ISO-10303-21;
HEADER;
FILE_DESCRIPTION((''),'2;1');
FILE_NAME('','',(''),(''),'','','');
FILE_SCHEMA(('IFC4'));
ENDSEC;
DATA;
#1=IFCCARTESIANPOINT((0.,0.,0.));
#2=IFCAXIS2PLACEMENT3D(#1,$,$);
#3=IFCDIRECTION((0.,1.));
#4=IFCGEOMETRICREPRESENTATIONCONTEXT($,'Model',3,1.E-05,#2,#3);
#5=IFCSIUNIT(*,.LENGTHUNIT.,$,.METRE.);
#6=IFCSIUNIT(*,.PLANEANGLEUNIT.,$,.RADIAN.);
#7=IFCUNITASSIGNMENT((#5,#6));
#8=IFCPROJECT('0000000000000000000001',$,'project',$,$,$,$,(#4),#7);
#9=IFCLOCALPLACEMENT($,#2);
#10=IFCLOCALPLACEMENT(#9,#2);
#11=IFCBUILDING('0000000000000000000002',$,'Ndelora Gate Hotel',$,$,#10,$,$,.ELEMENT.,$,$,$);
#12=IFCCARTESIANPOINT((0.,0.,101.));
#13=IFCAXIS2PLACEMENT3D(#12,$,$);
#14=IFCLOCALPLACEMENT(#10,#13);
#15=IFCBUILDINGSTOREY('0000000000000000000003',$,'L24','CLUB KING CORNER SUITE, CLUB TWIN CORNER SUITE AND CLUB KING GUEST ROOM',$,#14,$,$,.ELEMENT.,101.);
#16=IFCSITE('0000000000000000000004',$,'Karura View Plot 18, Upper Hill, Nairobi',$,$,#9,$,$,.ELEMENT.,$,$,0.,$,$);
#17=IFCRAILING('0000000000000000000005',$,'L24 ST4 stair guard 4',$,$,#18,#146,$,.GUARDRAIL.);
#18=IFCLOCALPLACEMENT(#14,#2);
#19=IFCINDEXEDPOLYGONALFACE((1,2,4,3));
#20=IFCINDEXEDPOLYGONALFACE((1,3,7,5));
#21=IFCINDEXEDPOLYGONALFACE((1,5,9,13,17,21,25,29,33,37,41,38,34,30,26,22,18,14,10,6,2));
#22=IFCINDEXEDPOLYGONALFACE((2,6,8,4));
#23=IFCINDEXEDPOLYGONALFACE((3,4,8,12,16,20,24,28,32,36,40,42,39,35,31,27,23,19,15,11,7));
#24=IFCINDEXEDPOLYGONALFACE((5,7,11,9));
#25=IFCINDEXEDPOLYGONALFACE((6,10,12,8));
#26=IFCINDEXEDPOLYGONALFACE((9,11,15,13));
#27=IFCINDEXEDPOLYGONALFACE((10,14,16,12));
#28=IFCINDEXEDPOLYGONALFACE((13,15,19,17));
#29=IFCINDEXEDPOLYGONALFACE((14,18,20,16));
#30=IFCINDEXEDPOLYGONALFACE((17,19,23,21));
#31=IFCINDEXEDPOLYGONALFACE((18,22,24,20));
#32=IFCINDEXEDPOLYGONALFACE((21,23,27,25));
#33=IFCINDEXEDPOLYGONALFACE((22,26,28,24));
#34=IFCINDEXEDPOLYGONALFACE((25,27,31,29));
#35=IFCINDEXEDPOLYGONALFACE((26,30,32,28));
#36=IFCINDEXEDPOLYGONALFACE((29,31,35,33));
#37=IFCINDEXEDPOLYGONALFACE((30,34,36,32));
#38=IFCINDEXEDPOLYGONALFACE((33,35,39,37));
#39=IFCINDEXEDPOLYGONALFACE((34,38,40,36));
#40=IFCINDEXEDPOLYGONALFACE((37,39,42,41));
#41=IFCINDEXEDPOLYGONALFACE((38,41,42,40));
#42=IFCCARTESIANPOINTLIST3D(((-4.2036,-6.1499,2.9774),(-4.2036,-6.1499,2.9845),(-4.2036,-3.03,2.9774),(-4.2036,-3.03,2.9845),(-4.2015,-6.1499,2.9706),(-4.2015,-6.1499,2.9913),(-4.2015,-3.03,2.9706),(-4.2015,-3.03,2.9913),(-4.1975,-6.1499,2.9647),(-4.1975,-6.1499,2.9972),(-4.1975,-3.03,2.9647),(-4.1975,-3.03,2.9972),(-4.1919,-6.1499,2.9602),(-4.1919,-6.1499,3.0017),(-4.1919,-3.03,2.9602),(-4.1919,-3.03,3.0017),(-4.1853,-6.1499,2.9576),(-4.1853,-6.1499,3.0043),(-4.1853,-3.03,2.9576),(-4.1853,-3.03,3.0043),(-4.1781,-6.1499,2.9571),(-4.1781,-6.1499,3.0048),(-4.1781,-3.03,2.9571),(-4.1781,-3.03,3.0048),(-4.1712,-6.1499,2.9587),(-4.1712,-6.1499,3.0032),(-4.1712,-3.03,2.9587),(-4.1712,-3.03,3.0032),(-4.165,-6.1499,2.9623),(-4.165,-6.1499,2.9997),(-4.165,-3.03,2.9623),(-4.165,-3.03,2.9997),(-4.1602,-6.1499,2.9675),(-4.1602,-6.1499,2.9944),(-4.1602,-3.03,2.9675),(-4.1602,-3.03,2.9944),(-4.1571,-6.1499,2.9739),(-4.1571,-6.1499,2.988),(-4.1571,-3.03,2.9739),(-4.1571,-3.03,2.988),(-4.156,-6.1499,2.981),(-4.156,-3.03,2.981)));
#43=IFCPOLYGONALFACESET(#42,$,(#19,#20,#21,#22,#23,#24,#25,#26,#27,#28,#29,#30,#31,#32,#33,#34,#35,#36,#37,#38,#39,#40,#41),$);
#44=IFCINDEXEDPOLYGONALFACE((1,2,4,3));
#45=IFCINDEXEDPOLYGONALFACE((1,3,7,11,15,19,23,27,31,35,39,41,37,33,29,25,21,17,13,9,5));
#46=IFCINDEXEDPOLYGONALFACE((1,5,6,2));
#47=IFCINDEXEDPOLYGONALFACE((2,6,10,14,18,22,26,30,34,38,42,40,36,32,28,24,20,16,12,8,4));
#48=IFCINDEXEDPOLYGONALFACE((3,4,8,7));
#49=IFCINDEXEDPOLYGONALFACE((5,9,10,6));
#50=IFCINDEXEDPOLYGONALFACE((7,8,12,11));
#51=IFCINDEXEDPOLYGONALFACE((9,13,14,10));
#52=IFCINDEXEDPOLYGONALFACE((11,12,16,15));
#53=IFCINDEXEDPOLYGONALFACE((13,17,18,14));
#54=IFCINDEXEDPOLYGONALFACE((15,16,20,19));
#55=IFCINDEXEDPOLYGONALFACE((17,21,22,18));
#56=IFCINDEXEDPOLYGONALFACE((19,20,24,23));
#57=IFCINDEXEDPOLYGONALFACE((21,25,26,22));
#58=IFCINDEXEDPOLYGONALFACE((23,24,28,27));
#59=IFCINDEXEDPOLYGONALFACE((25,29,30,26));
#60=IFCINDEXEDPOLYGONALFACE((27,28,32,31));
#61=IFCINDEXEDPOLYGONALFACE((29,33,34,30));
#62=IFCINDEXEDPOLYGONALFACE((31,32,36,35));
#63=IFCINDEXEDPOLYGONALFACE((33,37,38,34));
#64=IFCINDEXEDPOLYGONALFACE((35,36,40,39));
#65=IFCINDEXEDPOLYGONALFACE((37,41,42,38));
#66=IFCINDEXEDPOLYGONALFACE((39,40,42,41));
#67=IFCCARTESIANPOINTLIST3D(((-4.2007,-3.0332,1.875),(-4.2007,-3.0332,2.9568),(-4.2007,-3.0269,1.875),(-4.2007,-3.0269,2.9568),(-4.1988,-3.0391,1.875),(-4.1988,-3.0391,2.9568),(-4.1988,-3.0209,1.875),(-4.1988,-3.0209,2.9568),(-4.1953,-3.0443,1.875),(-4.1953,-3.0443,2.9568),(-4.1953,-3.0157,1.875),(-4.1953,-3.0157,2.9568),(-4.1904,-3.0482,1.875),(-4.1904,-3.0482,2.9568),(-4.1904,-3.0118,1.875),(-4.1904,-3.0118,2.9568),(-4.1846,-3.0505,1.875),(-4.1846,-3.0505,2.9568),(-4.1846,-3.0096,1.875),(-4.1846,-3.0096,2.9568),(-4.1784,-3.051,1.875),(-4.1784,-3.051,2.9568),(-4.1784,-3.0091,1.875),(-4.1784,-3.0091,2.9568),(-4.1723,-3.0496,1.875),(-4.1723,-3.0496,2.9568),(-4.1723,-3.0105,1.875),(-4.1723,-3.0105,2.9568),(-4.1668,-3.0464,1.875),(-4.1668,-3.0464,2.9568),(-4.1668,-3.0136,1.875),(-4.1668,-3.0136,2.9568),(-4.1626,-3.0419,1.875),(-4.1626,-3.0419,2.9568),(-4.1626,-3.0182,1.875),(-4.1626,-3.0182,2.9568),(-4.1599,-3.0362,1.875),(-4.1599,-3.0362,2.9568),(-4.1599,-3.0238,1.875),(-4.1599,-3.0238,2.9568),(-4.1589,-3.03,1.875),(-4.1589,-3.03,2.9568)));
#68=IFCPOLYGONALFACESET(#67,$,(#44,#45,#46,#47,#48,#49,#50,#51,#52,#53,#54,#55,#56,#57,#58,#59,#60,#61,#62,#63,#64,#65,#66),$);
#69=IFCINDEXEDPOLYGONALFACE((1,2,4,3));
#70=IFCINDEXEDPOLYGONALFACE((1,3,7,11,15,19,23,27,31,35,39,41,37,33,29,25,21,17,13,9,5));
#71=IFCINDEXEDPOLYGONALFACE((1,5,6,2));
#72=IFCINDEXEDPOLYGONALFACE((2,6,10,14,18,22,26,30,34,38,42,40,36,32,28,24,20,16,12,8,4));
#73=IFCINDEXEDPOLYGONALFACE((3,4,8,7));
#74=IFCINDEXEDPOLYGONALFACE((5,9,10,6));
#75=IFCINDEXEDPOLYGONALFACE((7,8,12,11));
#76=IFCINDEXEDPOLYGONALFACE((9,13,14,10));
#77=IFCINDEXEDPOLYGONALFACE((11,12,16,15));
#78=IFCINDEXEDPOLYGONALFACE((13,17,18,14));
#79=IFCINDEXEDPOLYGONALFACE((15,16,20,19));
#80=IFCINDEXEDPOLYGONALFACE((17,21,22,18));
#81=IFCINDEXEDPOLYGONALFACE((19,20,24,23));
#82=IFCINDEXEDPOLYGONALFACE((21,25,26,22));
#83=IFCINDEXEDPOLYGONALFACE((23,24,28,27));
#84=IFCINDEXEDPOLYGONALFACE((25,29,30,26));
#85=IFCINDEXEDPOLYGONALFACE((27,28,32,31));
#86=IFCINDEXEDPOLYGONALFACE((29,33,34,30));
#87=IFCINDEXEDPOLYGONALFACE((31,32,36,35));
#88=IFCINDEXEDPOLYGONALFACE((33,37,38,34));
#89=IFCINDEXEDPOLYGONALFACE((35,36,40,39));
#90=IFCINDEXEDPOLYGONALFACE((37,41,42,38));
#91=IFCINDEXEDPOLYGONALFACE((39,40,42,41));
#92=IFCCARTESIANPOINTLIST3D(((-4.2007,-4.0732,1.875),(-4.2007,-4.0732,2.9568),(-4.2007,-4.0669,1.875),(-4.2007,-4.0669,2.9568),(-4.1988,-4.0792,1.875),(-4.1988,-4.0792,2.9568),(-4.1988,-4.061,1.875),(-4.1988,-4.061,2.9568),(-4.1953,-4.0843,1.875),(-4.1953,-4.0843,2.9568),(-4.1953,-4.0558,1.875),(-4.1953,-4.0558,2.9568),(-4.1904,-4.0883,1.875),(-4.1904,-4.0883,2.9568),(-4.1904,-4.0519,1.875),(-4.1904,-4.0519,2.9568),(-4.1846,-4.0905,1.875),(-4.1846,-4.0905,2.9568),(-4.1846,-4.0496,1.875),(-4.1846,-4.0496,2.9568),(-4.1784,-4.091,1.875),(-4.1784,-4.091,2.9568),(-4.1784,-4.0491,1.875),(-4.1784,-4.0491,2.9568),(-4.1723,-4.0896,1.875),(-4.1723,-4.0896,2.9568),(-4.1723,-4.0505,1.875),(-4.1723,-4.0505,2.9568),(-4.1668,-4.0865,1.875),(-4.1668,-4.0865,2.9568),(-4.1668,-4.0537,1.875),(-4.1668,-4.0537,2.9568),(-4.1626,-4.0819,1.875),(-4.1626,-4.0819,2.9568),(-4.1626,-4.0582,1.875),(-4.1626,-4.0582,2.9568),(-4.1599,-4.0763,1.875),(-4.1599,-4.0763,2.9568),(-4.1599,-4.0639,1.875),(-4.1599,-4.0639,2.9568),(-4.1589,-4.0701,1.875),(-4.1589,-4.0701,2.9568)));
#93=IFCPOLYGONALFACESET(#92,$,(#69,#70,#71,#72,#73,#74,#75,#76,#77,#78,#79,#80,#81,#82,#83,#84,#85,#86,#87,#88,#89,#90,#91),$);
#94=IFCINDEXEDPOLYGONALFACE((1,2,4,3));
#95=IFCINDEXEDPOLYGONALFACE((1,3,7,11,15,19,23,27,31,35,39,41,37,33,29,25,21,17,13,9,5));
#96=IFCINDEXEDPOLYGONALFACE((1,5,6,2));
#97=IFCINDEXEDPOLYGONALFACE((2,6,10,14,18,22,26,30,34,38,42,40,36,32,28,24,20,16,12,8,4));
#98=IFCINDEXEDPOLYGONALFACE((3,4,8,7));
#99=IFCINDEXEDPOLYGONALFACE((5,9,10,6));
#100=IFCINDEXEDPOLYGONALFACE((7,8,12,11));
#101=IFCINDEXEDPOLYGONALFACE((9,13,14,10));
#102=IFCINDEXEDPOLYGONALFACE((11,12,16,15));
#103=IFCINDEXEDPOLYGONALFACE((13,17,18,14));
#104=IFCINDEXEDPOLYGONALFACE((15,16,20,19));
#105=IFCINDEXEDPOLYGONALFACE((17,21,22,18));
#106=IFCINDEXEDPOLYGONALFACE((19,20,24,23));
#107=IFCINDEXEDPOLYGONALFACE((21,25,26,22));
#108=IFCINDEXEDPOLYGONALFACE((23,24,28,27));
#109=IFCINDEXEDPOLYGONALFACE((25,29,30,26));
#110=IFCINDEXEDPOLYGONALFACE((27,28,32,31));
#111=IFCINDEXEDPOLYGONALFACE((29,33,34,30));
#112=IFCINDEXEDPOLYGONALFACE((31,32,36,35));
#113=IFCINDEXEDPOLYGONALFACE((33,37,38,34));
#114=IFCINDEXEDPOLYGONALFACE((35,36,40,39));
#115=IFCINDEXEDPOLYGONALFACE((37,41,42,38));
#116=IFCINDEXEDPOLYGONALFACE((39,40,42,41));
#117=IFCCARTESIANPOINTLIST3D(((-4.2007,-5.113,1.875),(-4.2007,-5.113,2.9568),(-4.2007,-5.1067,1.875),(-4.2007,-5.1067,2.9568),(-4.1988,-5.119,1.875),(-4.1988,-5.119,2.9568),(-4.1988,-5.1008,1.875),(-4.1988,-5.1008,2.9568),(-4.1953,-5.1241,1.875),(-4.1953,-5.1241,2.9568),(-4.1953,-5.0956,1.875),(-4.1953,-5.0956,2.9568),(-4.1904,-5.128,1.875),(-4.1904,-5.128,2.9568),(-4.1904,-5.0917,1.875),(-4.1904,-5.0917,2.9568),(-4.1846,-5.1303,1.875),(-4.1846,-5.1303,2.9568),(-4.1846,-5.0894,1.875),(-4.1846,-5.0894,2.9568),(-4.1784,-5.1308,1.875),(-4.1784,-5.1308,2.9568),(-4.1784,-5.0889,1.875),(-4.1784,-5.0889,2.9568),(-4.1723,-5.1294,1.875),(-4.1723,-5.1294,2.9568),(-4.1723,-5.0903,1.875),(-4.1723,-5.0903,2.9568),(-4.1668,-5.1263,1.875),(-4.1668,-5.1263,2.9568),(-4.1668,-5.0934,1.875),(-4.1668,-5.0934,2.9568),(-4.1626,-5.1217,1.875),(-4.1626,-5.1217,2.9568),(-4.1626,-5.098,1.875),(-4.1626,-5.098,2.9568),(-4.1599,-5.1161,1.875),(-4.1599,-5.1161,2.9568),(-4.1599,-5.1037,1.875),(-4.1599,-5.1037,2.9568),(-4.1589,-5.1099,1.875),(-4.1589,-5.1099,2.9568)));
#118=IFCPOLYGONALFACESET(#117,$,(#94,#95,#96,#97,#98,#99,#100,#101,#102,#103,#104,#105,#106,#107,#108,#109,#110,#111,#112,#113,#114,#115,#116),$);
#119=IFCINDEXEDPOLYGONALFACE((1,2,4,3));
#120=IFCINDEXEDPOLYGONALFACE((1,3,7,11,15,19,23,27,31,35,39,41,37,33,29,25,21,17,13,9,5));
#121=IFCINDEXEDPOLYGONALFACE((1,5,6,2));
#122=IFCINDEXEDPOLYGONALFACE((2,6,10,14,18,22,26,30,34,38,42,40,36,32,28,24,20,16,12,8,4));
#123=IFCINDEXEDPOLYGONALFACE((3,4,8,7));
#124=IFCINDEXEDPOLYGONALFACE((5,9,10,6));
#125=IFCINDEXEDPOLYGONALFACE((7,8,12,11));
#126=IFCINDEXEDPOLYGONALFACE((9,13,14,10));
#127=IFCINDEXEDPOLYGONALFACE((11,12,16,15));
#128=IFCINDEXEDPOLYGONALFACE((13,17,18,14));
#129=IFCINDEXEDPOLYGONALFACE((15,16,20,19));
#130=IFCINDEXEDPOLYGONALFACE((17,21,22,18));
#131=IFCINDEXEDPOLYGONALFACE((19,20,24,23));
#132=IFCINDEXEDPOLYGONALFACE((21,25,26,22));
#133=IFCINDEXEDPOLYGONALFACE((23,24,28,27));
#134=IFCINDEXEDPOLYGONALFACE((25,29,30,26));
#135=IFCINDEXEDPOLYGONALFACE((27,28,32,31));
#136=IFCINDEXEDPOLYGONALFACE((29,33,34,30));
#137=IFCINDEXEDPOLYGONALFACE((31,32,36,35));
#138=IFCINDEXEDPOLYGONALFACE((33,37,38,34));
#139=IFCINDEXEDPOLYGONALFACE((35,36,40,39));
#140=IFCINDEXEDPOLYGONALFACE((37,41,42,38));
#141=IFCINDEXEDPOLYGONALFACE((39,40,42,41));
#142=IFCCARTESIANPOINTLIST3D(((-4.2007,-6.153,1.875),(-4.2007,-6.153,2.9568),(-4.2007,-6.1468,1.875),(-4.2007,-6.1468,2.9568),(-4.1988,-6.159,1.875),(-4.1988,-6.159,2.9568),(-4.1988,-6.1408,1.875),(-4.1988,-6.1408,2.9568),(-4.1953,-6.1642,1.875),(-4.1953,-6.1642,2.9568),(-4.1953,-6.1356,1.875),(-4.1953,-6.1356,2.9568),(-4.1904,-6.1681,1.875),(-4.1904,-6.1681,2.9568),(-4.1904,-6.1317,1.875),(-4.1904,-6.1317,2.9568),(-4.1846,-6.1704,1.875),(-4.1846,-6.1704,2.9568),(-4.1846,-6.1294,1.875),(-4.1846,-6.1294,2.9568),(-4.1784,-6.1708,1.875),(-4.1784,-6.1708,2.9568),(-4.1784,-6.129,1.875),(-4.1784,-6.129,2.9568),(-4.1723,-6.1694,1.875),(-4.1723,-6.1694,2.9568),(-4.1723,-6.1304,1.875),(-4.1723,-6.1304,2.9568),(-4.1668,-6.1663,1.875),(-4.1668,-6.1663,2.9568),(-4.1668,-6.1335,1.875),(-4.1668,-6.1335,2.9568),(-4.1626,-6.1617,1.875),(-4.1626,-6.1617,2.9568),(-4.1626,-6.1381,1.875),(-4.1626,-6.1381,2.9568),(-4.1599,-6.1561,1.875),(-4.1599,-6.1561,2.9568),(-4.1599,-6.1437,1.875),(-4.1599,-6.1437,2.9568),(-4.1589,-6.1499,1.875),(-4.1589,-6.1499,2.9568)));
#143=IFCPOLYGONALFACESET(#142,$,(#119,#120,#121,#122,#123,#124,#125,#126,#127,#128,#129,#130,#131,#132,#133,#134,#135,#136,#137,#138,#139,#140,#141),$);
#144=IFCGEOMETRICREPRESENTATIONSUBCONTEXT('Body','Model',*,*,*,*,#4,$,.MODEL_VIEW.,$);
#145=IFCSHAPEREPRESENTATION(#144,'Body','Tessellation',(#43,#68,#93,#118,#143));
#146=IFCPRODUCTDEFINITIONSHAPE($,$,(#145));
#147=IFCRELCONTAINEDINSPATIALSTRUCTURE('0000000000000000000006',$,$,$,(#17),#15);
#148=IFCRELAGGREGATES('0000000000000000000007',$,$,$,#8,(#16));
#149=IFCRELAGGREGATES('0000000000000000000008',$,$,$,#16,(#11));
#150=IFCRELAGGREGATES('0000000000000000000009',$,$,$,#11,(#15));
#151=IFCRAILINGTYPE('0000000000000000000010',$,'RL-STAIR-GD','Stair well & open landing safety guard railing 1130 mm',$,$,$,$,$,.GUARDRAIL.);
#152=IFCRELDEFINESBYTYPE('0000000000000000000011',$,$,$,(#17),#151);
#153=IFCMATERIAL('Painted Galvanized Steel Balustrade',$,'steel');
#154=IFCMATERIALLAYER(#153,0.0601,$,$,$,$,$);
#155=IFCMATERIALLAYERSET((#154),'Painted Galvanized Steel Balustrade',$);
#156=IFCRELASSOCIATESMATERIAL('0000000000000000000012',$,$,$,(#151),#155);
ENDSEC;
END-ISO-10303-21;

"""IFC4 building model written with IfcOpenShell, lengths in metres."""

from ifc_helpers import new_model, si_unit, direction, frame, origin, origin_2d, place, context, subcontext, project, spatial, circle, extrude, material, layer, layer_set, type_object, element, save


model = new_model("IFC4")

# Units and contexts
model_context = context("Model", 3, precision=1e-05, world=origin(), true_north=direction((0.0, 1.0)))
body_context = subcontext(model_context, "Body", "Model", "MODEL_VIEW")
ifc_project = project(units=[si_unit("LENGTHUNIT", "METRE"), si_unit("PLANEANGLEUNIT", "RADIAN")], contexts=[model_context])

# Site, building, storey
site_placement = place(None, origin())
site = spatial("IfcSite", under=ifc_project, at=site_placement, Name="Karura View Plot 18, Upper Hill, Nairobi", CompositionType="ELEMENT", RefElevation=0.0)
building_placement = place(site_placement, origin())
building = spatial("IfcBuilding", under=site, at=building_placement, Name="Ndelora Gate Hotel", CompositionType="ELEMENT")
storey_placement = place(building_placement, frame((0.0, 0.0, 101.0)))
storey = spatial("IfcBuildingStorey", under=building, at=storey_placement, Name="L24", Description="CLUB KING CORNER SUITE, CLUB TWIN CORNER SUITE AND CLUB KING GUEST ROOM", CompositionType="ELEMENT", Elevation=101.0)

# Railing
ifc_material_1 = material(Name="Painted Galvanized Steel Balustrade", Category="steel")
ifc_layer_1 = layer(ifc_material_1, 0.0601)
ifc_layer_set_1 = layer_set([ifc_layer_1], Name="Painted Galvanized Steel Balustrade")
railing_type_1 = type_object("IfcRailingType", Name="RL-STAIR-GD", Description="Stair well & open landing safety guard railing 1130 mm", PredefinedType="GUARDRAIL", material=ifc_layer_set_1)
for number, where, name in (
    (1, (-4.1799, -3.03, 1.875), "L24 ST4 stair guard 4"),
):
    element("IfcRailing", number, at=place(storey_placement, frame(where)), inside=storey, type_object=railing_type_1, Name=name, PredefinedType="GUARDRAIL", context=body_context, shape_type="SweptSolid", body=[
        extrude(circle(Radius=0.0239, at=origin_2d()), frame((0.0, 0.0, 1.106), z_axis=(0.0, -1.0, 0.0), x_axis=(1.0, 0.0, 0.0)), (0.0, 0.0, 1.0), 3.1199),
        extrude(circle(Radius=0.021, at=origin_2d()), origin(), (0.0, 0.0, 1.0), 1.0818),
        extrude(circle(Radius=0.021, at=origin_2d()), frame((0.0, -1.04, 0.0)), (0.0, 0.0, 1.0), 1.0818),
        extrude(circle(Radius=0.021, at=origin_2d()), frame((0.0, -2.0798, 0.0)), (0.0, 0.0, 1.0), 1.0818),
        extrude(circle(Radius=0.021, at=origin_2d()), frame((0.0, -3.1199, 0.0)), (0.0, 0.0, 1.0), 1.0818),
    ])

save(model, "model.ifc")
